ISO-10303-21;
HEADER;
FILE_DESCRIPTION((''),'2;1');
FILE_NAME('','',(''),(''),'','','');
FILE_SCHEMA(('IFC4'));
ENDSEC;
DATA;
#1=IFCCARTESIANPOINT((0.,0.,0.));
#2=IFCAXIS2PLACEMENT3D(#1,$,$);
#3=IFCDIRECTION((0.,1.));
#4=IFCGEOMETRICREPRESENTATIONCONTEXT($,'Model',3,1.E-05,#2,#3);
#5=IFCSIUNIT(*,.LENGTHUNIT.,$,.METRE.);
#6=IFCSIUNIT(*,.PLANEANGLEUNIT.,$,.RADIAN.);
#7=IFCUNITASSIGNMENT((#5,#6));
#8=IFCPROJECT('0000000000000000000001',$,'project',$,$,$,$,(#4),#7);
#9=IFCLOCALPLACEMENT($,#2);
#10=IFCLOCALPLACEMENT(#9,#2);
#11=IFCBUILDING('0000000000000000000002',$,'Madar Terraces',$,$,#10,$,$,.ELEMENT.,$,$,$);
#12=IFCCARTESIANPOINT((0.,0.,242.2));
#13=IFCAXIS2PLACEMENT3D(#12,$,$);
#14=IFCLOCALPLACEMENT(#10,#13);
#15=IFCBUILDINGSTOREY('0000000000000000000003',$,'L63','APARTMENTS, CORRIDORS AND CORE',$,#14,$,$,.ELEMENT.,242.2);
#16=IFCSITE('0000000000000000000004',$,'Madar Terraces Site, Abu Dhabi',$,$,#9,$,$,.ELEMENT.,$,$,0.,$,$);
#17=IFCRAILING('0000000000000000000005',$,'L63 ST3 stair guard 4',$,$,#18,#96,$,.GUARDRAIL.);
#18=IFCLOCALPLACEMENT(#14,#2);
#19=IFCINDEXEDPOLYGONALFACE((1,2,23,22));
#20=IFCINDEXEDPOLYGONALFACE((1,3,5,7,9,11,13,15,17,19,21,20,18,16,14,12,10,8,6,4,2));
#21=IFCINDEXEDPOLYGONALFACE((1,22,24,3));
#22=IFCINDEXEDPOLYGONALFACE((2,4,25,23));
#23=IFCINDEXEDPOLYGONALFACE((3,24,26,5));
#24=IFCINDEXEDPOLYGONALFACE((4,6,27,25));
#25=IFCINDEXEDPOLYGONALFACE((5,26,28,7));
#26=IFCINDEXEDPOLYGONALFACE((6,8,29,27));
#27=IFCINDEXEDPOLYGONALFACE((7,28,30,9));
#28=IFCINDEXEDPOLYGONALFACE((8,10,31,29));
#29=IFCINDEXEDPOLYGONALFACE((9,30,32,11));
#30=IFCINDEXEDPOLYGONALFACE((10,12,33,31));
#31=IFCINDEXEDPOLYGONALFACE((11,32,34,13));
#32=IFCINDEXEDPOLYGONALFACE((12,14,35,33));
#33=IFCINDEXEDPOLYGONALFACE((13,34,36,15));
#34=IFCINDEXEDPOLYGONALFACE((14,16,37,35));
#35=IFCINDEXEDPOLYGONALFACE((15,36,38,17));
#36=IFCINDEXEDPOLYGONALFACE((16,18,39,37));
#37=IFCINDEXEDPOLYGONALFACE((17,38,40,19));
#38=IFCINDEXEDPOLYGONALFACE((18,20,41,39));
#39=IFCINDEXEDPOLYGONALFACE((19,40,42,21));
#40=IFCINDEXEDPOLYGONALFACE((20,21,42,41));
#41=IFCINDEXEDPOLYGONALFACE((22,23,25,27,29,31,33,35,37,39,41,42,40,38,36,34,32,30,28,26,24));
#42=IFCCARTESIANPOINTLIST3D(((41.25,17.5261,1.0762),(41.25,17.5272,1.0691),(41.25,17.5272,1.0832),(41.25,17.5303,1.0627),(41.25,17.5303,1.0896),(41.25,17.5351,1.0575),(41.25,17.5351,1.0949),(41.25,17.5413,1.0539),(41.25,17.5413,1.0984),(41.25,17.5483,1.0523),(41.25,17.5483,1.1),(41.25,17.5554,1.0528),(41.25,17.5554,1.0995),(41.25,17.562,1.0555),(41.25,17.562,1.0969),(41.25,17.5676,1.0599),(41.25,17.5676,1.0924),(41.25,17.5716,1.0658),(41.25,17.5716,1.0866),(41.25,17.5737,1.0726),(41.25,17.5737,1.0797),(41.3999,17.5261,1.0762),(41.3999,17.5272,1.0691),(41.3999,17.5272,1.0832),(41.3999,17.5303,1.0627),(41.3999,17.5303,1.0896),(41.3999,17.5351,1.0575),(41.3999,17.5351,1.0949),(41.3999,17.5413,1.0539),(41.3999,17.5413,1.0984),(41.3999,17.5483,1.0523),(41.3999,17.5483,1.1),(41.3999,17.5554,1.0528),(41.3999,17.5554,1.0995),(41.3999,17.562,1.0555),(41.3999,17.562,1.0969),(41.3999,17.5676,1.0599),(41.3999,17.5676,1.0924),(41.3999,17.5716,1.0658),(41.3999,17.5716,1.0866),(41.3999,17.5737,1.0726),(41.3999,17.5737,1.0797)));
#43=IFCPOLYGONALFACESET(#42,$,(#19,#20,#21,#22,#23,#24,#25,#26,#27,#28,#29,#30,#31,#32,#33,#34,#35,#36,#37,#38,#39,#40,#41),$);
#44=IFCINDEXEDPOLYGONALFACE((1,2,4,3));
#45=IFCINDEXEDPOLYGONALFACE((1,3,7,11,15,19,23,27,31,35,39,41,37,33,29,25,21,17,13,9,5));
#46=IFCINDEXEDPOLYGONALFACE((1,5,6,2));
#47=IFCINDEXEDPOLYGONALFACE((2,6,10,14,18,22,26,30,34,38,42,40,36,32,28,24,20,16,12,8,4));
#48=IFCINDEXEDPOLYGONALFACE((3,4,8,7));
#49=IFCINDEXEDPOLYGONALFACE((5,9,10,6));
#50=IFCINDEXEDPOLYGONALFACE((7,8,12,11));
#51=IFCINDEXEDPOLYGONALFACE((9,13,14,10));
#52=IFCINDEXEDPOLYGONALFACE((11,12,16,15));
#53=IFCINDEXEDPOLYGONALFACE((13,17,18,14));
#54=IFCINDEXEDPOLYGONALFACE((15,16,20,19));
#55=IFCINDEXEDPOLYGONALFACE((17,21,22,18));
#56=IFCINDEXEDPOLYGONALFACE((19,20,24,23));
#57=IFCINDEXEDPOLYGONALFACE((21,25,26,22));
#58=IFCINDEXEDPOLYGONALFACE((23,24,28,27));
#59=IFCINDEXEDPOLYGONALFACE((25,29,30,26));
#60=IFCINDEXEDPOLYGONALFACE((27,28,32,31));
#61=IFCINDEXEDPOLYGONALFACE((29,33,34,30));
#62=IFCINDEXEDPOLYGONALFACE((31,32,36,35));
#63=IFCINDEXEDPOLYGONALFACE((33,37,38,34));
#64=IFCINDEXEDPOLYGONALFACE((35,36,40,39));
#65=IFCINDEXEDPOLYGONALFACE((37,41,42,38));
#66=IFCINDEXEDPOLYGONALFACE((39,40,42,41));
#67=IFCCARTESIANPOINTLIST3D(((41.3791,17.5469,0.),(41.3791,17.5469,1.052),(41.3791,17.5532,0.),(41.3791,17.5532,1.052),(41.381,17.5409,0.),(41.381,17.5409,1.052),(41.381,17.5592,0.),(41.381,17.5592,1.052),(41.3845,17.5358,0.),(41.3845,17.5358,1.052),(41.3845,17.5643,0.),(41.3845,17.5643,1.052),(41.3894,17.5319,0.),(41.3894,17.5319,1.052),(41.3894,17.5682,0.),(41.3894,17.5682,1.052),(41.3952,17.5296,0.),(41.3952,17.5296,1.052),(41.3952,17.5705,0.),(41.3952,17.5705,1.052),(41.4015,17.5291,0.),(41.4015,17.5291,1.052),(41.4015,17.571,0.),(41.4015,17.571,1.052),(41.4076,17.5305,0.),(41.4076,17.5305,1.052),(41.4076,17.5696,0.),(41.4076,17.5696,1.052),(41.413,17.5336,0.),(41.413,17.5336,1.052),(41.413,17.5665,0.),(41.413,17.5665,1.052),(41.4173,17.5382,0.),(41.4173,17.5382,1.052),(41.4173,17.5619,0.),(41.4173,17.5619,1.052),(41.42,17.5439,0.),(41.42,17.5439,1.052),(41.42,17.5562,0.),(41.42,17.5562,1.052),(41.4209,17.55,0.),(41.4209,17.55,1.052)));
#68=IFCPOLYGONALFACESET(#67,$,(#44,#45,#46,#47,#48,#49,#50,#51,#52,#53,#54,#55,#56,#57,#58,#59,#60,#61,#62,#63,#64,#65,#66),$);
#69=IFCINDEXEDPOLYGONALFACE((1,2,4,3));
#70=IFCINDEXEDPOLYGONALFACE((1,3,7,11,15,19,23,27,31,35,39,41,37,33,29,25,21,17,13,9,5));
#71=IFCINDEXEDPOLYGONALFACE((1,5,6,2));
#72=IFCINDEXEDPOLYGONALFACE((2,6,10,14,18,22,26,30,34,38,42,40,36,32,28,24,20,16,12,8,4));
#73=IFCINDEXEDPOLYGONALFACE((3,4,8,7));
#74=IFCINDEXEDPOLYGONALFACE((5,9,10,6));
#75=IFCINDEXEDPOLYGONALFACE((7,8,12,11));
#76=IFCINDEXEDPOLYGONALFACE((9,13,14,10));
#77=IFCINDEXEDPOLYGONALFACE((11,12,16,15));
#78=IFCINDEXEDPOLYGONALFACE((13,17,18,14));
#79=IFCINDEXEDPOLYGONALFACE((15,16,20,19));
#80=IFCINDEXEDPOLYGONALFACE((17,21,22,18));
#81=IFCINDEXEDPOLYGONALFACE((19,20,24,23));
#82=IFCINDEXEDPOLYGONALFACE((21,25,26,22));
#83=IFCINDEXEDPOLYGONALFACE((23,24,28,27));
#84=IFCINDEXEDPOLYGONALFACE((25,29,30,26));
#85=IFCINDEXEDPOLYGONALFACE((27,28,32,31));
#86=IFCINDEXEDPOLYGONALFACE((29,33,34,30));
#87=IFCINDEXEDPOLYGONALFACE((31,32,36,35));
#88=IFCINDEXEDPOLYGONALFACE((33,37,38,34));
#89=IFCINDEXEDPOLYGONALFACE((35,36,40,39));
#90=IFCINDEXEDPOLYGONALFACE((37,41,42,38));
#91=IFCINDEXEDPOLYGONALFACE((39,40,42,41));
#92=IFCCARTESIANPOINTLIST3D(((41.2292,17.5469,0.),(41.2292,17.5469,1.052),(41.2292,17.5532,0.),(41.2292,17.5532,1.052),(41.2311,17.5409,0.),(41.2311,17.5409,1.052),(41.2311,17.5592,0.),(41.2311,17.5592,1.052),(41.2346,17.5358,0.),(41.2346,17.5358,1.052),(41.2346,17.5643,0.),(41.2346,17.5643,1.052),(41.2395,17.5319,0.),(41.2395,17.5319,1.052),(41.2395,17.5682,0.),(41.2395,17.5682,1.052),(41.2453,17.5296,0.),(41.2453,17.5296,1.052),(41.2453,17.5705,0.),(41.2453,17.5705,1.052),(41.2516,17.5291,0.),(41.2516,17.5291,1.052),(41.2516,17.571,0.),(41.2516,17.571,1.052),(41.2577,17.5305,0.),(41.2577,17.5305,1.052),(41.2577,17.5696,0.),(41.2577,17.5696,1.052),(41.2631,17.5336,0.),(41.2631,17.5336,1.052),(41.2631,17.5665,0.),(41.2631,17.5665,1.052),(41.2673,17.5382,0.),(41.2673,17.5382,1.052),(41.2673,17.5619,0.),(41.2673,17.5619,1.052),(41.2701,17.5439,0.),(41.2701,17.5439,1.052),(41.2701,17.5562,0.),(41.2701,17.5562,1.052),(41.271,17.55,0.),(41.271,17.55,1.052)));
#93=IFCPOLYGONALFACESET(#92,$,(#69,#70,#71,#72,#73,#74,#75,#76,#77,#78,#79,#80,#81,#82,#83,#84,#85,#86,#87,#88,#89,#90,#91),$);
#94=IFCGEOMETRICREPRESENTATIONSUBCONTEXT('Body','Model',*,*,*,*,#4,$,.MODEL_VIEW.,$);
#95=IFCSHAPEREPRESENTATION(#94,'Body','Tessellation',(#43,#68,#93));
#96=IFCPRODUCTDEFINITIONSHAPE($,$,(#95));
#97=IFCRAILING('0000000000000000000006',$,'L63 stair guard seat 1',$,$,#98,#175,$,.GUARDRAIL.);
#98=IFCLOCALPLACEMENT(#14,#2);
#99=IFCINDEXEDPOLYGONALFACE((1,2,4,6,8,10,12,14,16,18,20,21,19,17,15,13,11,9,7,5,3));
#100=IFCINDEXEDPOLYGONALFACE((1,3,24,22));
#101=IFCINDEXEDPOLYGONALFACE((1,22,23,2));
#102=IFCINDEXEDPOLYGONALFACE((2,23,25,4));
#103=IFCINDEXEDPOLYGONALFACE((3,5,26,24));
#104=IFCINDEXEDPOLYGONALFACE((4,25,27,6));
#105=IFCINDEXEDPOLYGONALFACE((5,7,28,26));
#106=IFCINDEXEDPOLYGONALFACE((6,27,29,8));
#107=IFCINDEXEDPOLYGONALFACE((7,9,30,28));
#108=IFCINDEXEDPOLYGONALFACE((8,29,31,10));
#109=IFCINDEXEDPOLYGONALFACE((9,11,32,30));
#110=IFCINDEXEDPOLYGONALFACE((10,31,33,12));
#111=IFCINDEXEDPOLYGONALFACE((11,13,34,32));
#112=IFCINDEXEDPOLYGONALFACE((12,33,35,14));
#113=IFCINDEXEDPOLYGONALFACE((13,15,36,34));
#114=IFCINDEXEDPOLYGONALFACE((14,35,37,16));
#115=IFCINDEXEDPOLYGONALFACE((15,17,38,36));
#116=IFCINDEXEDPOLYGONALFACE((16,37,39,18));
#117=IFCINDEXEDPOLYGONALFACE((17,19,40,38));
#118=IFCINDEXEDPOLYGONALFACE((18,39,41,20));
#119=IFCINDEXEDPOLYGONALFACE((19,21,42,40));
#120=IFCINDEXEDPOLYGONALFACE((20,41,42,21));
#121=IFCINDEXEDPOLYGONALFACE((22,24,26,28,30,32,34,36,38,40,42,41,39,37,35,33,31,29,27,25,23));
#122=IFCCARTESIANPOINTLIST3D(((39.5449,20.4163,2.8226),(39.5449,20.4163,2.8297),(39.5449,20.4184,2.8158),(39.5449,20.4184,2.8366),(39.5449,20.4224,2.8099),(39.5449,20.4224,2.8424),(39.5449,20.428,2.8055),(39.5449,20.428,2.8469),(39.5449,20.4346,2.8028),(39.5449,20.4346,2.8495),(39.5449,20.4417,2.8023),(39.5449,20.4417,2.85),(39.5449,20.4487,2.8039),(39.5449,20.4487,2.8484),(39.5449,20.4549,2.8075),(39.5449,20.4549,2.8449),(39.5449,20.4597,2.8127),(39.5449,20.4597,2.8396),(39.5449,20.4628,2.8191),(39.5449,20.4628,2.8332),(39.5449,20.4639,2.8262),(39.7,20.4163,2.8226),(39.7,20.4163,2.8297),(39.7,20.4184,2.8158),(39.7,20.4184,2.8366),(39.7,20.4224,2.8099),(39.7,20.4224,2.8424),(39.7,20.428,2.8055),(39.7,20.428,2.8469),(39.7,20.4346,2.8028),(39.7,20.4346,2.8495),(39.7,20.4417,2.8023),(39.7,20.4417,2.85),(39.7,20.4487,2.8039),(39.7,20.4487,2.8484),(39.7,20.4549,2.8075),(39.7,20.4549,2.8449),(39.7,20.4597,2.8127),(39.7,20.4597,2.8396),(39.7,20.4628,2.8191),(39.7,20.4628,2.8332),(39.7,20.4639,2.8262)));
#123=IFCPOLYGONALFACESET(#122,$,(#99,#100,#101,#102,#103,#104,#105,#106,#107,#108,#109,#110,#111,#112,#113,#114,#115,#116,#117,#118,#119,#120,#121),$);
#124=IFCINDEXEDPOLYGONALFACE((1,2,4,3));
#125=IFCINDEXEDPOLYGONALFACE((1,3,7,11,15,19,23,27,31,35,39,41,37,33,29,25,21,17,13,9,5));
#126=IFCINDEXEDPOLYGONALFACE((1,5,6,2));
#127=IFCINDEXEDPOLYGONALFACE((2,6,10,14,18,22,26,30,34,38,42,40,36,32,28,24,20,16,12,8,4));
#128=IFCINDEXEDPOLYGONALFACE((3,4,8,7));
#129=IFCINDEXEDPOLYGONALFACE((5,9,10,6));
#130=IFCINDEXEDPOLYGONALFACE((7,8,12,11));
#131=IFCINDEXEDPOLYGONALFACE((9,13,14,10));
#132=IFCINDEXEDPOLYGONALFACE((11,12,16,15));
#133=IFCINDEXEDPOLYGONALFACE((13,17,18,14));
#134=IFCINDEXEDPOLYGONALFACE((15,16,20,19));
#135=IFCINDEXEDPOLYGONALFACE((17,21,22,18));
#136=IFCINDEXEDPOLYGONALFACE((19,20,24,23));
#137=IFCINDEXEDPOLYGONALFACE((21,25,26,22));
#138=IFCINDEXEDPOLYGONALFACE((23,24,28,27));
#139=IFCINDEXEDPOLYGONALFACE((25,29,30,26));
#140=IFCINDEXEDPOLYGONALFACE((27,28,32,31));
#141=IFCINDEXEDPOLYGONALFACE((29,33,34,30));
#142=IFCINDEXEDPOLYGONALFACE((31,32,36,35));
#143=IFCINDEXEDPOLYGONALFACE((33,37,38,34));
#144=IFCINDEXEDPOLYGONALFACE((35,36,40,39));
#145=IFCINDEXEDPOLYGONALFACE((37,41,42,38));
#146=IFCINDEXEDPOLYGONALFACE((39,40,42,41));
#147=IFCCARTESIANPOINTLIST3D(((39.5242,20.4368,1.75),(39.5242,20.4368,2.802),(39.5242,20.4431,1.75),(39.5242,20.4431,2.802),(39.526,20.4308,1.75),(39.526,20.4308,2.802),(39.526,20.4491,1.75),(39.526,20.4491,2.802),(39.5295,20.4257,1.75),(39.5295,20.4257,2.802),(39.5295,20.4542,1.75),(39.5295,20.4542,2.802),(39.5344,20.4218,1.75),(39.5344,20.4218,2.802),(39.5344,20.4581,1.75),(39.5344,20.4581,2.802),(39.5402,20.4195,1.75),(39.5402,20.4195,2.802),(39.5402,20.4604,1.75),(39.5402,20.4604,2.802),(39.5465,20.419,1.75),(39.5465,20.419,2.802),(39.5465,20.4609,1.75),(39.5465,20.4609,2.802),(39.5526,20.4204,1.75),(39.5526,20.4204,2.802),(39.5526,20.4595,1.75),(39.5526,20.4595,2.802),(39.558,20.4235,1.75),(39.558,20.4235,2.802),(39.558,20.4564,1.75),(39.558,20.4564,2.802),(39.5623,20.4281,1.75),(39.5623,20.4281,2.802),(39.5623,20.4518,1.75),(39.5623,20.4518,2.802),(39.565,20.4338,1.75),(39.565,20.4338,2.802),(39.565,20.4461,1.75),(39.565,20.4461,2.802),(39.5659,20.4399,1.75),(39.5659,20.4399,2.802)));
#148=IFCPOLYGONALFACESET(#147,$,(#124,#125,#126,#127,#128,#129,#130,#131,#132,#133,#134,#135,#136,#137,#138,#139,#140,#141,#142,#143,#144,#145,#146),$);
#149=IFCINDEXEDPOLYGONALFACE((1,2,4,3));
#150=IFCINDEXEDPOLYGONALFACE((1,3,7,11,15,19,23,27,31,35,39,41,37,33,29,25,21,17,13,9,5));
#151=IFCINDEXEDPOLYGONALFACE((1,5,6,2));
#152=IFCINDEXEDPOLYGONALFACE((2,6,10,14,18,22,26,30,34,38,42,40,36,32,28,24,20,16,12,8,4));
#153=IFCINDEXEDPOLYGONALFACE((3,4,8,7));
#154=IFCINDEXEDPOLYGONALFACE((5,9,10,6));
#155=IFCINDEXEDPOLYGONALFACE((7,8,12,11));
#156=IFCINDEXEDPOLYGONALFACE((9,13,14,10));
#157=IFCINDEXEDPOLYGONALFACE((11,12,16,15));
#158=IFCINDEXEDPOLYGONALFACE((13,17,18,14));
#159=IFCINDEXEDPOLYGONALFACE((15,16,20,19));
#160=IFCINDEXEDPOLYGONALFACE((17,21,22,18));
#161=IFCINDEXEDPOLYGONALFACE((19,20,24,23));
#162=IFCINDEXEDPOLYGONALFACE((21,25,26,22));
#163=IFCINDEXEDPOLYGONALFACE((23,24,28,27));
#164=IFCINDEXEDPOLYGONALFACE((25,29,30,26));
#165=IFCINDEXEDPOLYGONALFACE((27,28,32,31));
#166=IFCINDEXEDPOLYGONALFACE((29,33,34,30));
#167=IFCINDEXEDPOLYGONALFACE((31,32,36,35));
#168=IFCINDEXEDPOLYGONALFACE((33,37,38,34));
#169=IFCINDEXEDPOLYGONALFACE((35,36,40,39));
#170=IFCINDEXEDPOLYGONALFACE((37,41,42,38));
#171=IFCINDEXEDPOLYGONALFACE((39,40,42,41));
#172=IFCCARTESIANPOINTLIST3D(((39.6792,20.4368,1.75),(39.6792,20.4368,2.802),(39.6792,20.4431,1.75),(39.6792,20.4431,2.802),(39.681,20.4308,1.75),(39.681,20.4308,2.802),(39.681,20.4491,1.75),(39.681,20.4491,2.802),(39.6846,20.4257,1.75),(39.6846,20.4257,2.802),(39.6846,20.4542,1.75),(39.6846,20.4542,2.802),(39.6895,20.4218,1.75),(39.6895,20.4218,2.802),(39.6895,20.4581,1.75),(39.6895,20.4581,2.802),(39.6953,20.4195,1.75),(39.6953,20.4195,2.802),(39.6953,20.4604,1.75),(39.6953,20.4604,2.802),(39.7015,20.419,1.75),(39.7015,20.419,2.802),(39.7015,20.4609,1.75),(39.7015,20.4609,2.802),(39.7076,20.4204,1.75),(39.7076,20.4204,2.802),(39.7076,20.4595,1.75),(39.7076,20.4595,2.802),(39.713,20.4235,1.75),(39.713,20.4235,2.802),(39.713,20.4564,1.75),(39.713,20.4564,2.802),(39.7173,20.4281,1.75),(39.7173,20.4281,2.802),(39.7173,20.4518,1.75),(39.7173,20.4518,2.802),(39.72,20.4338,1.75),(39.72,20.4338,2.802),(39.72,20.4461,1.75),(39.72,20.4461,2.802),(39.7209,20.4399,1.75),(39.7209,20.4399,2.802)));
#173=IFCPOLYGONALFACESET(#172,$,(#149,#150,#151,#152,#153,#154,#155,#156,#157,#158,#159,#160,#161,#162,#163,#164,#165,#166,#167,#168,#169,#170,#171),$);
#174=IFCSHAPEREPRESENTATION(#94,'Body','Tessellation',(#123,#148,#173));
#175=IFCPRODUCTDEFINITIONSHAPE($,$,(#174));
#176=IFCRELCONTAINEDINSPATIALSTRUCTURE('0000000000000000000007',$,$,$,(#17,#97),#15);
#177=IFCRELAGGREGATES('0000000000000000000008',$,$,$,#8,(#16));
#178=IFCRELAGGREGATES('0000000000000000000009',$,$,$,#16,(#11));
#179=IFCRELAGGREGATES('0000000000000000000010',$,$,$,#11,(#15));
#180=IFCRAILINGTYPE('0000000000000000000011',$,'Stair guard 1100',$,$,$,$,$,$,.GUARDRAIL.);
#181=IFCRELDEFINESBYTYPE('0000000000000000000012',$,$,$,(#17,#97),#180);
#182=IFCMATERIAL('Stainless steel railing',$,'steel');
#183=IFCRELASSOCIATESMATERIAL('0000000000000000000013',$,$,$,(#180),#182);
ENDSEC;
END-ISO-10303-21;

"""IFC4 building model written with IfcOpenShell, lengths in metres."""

from ifc_helpers import new_model, si_unit, direction, frame, origin, origin_2d, place, context, subcontext, project, spatial, circle, extrude, material, type_object, element, save


model = new_model("IFC4")

# Units and contexts
model_context = context("Model", 3, precision=1e-05, world=origin(), true_north=direction((0.0, 1.0)))
body_context = subcontext(model_context, "Body", "Model", "MODEL_VIEW")
ifc_project = project(units=[si_unit("LENGTHUNIT", "METRE"), si_unit("PLANEANGLEUNIT", "RADIAN")], contexts=[model_context])

# Site, building, storey
site_placement = place(None, origin())
site = spatial("IfcSite", under=ifc_project, at=site_placement, Name="Madar Terraces Site, Abu Dhabi", CompositionType="ELEMENT", RefElevation=0.0)
building_placement = place(site_placement, origin())
building = spatial("IfcBuilding", under=site, at=building_placement, Name="Madar Terraces", CompositionType="ELEMENT")
storey_placement = place(building_placement, frame((0.0, 0.0, 242.2)))
storey = spatial("IfcBuildingStorey", under=building, at=storey_placement, Name="L63", Description="APARTMENTS, CORRIDORS AND CORE", CompositionType="ELEMENT", Elevation=242.2)

# Railings
ifc_material_1 = material(Name="Stainless steel railing", Category="steel")
railing_type_1 = type_object("IfcRailingType", Name="Stair guard 1100", PredefinedType="GUARDRAIL", material=ifc_material_1)
railing_1_placement = place(storey_placement, frame((41.3999, 17.55, 0.0)))
element("IfcRailing", 1, at=railing_1_placement, inside=storey, type_object=railing_type_1, Name="L63 ST3 stair guard 4", PredefinedType="GUARDRAIL", context=body_context, shape_type="SweptSolid", body=[
    extrude(circle(Radius=0.0239, at=origin_2d()), frame((0.0, 0.0, 1.0762), z_axis=(-1.0, 0.0, 0.0), x_axis=(0.0, -1.0, 0.0)), (0.0, 0.0, 1.0), 0.1499),
    extrude(circle(Radius=0.021, at=origin_2d()), origin(), (0.0, 0.0, 1.0), 1.052),
    extrude(circle(Radius=0.021, at=origin_2d()), frame((-0.1499, 0.0, 0.0)), (0.0, 0.0, 1.0), 1.052),
])
for number, where, name in (
    (2, (39.5449, 20.4399, 1.75), "L63 stair guard seat 1"),
):
    element("IfcRailing", number, at=place(storey_placement, frame(where)), inside=storey, type_object=railing_type_1, Name=name, PredefinedType="GUARDRAIL", context=body_context, shape_type="SweptSolid", body=[
        extrude(circle(Radius=0.0239, at=origin_2d()), frame((0.0, 0.0, 1.0762), z_axis=(1.0, 0.0, 0.0), x_axis=(0.0, 1.0, 0.0)), (0.0, 0.0, 1.0), 0.155),
        extrude(circle(Radius=0.021, at=origin_2d()), origin(), (0.0, 0.0, 1.0), 1.052),
        extrude(circle(Radius=0.021, at=origin_2d()), frame((0.155, 0.0, 0.0)), (0.0, 0.0, 1.0), 1.052),
    ])

save(model, "model.ifc")
